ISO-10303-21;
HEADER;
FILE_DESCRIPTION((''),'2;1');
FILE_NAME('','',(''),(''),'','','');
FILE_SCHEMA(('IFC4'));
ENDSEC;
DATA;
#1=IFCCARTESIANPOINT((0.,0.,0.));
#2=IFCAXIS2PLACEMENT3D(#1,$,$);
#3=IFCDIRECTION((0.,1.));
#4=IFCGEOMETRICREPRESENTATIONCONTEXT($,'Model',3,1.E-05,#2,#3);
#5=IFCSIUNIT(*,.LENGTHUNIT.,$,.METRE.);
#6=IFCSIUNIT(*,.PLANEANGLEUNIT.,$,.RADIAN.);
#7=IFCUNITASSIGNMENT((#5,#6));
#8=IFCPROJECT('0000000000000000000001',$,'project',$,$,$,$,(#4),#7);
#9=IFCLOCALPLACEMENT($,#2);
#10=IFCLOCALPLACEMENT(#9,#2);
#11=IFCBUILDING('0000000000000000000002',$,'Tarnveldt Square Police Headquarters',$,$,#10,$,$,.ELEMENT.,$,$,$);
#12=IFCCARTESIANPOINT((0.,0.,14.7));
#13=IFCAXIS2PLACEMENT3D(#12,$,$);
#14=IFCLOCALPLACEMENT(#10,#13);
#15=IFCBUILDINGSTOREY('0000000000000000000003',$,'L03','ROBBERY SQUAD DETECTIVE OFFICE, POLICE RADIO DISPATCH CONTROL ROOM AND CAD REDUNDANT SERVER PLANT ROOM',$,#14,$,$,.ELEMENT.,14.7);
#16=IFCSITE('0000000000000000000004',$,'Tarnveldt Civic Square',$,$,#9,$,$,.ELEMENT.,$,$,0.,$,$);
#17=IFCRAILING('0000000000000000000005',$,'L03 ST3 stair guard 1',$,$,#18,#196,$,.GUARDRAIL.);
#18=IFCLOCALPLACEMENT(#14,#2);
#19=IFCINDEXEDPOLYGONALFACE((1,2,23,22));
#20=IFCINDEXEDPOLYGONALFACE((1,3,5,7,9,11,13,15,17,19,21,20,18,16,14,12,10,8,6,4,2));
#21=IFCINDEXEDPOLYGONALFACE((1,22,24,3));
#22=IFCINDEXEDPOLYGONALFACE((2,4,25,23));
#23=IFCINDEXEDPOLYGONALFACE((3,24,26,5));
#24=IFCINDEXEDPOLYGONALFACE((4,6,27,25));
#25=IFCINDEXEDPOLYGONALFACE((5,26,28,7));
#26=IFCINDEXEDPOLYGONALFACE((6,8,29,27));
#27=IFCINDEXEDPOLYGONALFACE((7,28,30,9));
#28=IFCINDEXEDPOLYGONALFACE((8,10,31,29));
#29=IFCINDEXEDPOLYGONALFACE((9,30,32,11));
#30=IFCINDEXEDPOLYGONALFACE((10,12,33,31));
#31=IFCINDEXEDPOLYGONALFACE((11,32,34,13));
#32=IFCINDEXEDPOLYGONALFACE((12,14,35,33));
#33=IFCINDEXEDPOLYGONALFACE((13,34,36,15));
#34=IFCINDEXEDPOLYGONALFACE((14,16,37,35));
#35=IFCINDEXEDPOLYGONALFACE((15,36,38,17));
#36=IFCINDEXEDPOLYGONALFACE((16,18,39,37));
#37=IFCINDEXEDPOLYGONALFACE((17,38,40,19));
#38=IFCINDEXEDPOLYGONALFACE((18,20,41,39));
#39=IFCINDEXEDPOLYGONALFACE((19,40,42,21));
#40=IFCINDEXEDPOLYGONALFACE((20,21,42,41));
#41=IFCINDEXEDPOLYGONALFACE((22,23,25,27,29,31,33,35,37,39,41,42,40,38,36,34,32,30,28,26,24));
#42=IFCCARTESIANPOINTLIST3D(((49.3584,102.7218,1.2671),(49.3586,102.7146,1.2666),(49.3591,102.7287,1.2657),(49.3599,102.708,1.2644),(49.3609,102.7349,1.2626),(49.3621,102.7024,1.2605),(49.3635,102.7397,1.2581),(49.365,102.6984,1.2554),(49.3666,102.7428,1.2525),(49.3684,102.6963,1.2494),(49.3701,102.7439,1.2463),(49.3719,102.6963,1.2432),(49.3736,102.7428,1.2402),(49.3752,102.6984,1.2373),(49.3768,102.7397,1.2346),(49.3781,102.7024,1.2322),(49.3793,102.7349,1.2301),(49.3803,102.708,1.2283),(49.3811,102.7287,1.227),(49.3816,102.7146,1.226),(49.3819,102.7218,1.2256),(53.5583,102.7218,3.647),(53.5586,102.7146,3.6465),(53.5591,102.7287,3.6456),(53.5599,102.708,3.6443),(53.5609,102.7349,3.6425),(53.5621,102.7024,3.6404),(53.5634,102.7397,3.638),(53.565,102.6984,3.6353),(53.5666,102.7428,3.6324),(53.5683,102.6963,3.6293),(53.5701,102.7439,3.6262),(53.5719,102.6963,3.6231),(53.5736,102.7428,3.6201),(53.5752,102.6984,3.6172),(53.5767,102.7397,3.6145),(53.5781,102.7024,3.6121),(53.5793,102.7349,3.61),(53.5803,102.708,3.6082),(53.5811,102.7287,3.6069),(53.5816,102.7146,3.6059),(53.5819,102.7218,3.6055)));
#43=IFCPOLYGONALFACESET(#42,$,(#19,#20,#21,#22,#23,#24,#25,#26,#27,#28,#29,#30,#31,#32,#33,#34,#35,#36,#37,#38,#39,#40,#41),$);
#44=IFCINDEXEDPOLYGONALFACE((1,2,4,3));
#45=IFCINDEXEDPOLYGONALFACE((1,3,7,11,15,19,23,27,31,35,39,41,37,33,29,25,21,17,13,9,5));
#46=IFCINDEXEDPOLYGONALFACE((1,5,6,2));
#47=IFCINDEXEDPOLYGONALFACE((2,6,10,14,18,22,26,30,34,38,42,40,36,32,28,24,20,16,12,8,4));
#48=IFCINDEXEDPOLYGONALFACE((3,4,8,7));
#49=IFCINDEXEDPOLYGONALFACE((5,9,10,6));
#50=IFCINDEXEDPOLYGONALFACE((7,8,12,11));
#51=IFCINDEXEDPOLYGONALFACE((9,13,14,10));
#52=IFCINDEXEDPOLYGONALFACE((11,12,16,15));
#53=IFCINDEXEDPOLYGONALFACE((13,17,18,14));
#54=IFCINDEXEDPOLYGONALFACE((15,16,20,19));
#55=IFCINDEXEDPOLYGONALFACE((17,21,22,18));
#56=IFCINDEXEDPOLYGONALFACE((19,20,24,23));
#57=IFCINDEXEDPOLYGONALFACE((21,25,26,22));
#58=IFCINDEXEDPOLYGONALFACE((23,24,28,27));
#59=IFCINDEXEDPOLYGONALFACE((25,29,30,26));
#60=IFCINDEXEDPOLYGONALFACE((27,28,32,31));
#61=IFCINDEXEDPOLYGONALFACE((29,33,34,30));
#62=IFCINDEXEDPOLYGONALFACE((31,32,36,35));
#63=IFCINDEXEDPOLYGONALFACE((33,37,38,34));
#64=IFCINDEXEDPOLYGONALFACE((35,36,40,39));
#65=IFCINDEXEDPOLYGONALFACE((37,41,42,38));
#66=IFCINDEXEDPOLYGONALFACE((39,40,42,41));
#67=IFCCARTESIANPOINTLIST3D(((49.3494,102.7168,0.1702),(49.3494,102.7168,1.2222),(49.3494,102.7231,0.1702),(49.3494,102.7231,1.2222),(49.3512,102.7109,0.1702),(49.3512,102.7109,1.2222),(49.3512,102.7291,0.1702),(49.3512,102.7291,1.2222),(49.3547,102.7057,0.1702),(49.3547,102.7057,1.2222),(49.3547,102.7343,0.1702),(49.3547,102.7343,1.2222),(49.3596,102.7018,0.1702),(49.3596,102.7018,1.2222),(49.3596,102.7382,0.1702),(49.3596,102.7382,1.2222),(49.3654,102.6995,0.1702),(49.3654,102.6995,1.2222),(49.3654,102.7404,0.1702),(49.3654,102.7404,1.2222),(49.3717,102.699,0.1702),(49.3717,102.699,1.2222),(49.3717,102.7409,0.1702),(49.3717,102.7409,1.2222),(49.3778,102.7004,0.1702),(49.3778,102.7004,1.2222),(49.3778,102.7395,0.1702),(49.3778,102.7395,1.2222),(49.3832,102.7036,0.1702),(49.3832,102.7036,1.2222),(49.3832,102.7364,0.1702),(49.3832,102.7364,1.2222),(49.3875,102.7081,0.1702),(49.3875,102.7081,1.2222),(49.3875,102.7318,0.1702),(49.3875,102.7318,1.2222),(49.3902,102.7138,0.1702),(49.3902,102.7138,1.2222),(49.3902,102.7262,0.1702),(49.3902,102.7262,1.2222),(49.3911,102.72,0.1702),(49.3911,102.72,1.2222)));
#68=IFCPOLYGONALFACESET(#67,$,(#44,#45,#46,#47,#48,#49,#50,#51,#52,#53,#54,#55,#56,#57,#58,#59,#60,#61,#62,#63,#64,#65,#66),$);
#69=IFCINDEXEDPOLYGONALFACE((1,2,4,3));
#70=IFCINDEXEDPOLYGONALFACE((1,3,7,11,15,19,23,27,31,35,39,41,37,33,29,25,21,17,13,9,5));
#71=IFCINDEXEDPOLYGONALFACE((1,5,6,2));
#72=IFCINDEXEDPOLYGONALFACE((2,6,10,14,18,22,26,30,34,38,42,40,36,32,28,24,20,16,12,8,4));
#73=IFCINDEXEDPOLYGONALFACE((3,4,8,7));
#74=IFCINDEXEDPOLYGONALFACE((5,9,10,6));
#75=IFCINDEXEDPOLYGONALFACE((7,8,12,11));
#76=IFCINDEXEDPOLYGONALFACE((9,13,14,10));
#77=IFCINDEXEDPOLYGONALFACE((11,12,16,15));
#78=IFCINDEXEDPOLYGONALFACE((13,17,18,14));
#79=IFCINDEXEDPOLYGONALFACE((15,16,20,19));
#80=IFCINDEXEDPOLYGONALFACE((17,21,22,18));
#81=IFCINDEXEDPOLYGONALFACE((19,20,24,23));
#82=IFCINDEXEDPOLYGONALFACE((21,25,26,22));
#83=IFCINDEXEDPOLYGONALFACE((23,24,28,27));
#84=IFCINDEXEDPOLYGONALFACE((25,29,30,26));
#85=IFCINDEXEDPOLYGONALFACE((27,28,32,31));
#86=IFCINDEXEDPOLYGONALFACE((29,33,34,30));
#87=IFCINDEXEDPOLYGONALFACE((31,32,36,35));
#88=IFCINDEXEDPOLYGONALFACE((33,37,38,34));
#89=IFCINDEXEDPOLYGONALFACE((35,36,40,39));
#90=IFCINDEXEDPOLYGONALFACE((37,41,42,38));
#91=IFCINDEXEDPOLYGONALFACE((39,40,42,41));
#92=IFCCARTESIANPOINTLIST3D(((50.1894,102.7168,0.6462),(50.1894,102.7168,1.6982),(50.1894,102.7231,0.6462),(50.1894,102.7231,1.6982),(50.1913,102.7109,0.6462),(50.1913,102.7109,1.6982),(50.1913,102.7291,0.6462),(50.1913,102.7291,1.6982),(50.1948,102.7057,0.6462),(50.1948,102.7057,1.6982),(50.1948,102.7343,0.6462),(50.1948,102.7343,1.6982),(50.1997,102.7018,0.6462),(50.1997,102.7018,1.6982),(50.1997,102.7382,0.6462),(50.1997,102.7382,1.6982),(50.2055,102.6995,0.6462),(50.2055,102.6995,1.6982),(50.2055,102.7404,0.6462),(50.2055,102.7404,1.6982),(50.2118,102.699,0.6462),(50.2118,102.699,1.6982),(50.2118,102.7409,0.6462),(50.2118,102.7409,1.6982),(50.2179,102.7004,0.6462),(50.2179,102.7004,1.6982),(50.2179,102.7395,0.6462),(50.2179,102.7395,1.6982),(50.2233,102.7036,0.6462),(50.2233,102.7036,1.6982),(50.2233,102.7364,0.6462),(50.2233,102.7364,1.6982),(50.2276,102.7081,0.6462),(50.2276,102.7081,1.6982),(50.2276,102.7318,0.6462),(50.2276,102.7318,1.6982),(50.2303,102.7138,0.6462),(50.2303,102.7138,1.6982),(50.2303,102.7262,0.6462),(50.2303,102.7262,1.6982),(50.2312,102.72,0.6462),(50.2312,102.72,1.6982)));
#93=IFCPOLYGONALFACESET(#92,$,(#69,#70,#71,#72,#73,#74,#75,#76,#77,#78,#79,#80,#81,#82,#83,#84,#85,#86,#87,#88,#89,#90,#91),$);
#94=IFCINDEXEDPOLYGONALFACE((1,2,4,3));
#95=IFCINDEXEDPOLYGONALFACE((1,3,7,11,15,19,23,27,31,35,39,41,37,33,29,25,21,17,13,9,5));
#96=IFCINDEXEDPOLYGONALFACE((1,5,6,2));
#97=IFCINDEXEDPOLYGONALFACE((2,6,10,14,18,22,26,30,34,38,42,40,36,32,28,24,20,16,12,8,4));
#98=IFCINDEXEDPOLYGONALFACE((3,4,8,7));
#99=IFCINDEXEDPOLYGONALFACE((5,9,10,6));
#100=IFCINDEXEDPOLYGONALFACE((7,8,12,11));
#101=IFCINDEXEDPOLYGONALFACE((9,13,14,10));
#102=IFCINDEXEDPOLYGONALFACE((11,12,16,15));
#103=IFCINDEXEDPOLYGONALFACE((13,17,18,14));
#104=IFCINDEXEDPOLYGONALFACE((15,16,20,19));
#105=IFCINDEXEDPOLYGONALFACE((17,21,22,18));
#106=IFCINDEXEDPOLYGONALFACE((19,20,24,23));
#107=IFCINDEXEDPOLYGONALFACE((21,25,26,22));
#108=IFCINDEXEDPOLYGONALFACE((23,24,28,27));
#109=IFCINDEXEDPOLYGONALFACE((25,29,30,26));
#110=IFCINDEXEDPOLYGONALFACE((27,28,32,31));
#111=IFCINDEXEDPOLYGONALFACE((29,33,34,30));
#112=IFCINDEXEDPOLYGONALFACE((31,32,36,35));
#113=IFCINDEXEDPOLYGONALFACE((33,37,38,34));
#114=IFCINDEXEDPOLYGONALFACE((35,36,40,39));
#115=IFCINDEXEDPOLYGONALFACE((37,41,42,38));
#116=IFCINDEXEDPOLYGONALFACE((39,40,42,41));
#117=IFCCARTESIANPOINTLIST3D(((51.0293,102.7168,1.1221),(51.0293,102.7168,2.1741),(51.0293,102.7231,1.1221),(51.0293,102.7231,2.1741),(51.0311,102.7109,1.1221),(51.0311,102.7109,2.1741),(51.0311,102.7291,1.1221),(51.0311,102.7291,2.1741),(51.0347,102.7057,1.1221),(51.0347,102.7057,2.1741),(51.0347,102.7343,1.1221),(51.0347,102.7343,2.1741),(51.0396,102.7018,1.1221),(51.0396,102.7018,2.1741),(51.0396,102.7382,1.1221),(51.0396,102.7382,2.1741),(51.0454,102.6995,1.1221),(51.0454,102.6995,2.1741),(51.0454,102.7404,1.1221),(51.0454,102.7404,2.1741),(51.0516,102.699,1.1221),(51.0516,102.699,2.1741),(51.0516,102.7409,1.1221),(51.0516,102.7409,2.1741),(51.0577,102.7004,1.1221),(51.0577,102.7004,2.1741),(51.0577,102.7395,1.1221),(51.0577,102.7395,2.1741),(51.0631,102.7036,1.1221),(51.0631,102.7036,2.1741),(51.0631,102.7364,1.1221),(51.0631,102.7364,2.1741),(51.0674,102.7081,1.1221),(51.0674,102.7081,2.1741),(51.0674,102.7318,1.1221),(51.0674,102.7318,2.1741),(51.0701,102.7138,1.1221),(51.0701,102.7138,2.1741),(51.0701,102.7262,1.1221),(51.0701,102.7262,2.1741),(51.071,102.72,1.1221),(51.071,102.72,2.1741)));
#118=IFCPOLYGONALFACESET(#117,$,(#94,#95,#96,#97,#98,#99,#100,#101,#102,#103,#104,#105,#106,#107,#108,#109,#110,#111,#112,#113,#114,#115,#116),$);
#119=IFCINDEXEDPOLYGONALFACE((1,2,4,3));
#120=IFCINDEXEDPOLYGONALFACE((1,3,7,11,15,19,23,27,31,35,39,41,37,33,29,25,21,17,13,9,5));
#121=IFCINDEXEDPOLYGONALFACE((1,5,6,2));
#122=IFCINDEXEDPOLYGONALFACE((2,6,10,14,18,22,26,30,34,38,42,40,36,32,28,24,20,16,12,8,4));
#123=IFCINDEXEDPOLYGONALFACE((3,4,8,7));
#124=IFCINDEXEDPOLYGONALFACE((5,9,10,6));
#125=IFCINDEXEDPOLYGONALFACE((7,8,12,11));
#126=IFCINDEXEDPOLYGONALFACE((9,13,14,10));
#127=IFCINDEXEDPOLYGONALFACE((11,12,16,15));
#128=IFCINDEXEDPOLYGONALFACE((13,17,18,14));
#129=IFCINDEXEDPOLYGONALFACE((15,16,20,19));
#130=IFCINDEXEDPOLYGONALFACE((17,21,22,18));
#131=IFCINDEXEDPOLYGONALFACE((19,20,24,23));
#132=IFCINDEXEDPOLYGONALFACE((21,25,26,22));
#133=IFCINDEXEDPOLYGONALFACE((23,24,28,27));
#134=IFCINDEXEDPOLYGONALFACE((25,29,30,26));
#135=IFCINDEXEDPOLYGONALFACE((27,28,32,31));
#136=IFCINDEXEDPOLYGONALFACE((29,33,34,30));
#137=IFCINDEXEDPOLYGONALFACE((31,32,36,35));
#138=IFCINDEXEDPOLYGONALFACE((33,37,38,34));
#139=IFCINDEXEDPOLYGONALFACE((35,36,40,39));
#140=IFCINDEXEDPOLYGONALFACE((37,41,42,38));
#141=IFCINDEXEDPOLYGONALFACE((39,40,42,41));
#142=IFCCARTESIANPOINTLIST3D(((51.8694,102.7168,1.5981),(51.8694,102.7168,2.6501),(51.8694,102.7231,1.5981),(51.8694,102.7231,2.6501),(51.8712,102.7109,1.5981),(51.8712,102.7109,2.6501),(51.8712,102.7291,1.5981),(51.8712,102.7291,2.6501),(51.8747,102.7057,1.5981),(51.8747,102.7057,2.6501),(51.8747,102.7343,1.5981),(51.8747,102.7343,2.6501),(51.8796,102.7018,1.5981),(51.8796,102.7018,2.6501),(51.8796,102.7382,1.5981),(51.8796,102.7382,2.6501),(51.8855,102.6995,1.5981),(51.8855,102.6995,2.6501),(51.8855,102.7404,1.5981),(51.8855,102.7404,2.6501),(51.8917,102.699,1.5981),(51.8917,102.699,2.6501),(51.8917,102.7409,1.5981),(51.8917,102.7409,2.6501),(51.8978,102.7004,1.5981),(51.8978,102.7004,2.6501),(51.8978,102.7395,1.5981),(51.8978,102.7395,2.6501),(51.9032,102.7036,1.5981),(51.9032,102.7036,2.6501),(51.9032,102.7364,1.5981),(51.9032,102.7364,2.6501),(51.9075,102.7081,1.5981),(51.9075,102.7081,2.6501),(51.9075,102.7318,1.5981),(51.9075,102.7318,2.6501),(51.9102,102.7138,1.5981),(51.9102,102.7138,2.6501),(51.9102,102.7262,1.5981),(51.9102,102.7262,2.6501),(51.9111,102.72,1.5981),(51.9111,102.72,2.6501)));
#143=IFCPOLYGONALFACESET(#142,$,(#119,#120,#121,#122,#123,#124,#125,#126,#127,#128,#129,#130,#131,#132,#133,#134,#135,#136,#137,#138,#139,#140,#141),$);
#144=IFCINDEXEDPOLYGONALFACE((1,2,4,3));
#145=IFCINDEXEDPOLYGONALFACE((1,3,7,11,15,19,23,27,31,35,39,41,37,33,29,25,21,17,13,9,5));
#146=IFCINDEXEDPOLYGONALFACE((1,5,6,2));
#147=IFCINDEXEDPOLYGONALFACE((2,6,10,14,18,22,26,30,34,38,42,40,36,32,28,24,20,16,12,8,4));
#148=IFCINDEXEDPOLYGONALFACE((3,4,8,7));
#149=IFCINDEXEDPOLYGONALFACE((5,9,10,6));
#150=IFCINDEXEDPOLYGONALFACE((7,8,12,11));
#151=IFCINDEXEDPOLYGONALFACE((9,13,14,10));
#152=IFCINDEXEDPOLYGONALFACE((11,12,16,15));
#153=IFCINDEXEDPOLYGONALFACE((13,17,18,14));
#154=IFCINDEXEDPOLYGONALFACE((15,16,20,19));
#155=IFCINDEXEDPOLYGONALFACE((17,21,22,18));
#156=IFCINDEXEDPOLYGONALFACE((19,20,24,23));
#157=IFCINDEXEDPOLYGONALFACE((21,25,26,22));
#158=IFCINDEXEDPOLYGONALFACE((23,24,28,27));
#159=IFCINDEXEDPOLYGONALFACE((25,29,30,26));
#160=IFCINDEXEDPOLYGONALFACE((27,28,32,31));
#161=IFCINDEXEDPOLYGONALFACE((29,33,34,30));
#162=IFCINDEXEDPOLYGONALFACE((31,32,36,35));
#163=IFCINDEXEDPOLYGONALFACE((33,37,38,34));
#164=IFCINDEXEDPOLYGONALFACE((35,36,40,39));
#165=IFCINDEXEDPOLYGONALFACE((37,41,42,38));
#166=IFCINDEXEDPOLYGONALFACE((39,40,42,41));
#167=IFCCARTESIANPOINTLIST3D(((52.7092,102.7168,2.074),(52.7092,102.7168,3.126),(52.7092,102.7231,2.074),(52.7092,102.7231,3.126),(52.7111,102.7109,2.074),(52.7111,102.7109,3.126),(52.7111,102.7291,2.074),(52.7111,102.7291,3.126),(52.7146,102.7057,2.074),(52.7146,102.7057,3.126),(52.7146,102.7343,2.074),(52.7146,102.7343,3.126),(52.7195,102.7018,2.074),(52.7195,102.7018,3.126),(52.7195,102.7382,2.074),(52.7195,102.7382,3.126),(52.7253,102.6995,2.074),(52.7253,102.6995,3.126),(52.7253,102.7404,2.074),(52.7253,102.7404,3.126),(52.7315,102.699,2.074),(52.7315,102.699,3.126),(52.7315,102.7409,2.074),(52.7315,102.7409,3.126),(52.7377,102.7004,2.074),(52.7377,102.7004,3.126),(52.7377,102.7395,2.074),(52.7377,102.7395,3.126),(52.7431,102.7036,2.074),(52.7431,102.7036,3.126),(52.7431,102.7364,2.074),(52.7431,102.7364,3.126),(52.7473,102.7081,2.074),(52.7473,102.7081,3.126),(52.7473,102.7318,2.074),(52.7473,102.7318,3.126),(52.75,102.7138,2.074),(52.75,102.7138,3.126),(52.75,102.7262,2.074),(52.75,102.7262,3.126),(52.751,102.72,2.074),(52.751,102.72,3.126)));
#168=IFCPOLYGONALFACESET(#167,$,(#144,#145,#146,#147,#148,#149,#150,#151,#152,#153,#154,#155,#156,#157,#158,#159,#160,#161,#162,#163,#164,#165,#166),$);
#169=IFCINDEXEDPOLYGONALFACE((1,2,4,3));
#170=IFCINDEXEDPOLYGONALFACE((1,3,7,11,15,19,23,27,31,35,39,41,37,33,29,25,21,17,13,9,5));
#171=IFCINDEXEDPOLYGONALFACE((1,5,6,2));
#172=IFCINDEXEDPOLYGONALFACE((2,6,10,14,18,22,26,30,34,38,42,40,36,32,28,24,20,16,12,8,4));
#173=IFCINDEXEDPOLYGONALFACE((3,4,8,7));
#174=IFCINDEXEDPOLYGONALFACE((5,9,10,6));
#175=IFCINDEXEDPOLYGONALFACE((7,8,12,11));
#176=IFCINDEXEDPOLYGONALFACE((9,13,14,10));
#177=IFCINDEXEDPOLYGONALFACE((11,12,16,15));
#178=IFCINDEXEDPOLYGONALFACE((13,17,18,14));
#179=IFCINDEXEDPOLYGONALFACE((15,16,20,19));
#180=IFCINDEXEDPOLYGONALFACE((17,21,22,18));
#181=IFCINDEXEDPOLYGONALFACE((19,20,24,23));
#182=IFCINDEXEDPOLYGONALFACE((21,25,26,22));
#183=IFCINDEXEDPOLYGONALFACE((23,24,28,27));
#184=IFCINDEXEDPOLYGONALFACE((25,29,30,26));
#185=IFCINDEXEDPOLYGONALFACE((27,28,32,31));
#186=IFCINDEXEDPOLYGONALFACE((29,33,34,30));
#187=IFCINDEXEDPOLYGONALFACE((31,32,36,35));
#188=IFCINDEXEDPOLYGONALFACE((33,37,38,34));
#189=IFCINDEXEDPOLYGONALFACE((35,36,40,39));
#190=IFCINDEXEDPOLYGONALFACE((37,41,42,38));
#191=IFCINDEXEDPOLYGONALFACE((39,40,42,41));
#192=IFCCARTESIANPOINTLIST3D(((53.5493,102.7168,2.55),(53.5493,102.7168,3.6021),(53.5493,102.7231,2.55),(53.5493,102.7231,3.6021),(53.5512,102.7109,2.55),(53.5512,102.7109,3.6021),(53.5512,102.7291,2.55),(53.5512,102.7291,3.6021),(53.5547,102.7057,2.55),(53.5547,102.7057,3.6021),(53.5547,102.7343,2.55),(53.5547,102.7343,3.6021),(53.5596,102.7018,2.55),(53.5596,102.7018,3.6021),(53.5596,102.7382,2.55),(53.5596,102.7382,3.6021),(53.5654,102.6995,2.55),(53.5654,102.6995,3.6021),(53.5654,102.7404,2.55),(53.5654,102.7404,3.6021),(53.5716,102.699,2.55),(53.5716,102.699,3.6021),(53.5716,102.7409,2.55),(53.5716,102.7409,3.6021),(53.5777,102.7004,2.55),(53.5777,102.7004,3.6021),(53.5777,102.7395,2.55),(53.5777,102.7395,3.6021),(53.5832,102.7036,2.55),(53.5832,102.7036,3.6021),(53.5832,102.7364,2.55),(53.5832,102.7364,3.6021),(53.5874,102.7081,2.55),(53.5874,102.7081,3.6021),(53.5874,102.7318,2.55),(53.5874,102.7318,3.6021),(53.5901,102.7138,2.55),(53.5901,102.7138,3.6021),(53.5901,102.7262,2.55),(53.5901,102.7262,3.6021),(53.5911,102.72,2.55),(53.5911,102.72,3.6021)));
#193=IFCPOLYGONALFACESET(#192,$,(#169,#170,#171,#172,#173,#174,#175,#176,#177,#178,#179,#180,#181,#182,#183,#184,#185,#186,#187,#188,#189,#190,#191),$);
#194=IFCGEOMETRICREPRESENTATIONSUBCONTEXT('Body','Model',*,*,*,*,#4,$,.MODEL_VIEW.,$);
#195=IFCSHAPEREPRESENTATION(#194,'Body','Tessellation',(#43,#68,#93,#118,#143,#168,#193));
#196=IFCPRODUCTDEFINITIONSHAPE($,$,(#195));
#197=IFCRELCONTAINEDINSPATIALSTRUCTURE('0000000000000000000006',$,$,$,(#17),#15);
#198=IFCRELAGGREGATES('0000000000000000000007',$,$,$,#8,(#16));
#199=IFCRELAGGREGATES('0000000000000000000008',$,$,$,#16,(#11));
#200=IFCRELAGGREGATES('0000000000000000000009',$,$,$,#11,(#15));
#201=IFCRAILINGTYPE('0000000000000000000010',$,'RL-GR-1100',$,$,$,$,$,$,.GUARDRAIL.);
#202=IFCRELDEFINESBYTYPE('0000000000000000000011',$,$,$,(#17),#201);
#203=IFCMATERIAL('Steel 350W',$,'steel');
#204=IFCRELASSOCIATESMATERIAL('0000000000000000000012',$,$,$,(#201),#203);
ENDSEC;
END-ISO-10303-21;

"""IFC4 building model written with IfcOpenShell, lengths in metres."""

from ifc_helpers import new_model, si_unit, direction, frame, origin, origin_2d, place, context, subcontext, project, spatial, circle, extrude, material, type_object, element, save


model = new_model("IFC4")

# Units and contexts
model_context = context("Model", 3, precision=1e-05, world=origin(), true_north=direction((0.0, 1.0)))
body_context = subcontext(model_context, "Body", "Model", "MODEL_VIEW")
ifc_project = project(units=[si_unit("LENGTHUNIT", "METRE"), si_unit("PLANEANGLEUNIT", "RADIAN")], contexts=[model_context])

# Site, building, storey
site_placement = place(None, origin())
site = spatial("IfcSite", under=ifc_project, at=site_placement, Name="Tarnveldt Civic Square", CompositionType="ELEMENT", RefElevation=0.0)
building_placement = place(site_placement, origin())
building = spatial("IfcBuilding", under=site, at=building_placement, Name="Tarnveldt Square Police Headquarters", CompositionType="ELEMENT")
storey_placement = place(building_placement, frame((0.0, 0.0, 14.7)))
storey = spatial("IfcBuildingStorey", under=building, at=storey_placement, Name="L03", Description="ROBBERY SQUAD DETECTIVE OFFICE, POLICE RADIO DISPATCH CONTROL ROOM AND CAD REDUNDANT SERVER PLANT ROOM", CompositionType="ELEMENT", Elevation=14.7)

# Shared definitions
ifc_material_1 = material(Name="Steel 350W", Category="steel")

# Railing
railing_type_1 = type_object("IfcRailingType", Name="RL-GR-1100", PredefinedType="GUARDRAIL", material=ifc_material_1)
railing_1_placement = place(storey_placement, frame((49.3701, 102.72, 0.1702)))
element("IfcRailing", 1, at=railing_1_placement, inside=storey, type_object=railing_type_1, Name="L03 ST3 stair guard 1", PredefinedType="GUARDRAIL", context=body_context, shape_type="SweptSolid", body=[
    extrude(circle(Radius=0.0239, at=origin_2d()), frame((0.0, 0.0, 1.0762), z_axis=(0.87003, 0.0, 0.492999), x_axis=(0.0, 1.0, 0.0)), (0.0, 0.0, 1.0), 4.8274),
    extrude(circle(Radius=0.021, at=origin_2d()), origin(), (0.0, 0.0, 1.0), 1.052),
    extrude(circle(Radius=0.021, at=origin_2d()), frame((0.8401, 0.0, 0.4761)), (0.0, 0.0, 1.0), 1.052),
    extrude(circle(Radius=0.021, at=origin_2d()), frame((1.6799, 0.0, 0.9519)), (0.0, 0.0, 1.0), 1.052),
    extrude(circle(Radius=0.021, at=origin_2d()), frame((2.52, 0.0, 1.428)), (0.0, 0.0, 1.0), 1.052),
    extrude(circle(Radius=0.021, at=origin_2d()), frame((3.3599, 0.0, 1.9038)), (0.0, 0.0, 1.0), 1.052),
    extrude(circle(Radius=0.021, at=origin_2d()), frame((4.2, 0.0, 2.3799)), (0.0, 0.0, 1.0), 1.052),
])

save(model, "model.ifc")
